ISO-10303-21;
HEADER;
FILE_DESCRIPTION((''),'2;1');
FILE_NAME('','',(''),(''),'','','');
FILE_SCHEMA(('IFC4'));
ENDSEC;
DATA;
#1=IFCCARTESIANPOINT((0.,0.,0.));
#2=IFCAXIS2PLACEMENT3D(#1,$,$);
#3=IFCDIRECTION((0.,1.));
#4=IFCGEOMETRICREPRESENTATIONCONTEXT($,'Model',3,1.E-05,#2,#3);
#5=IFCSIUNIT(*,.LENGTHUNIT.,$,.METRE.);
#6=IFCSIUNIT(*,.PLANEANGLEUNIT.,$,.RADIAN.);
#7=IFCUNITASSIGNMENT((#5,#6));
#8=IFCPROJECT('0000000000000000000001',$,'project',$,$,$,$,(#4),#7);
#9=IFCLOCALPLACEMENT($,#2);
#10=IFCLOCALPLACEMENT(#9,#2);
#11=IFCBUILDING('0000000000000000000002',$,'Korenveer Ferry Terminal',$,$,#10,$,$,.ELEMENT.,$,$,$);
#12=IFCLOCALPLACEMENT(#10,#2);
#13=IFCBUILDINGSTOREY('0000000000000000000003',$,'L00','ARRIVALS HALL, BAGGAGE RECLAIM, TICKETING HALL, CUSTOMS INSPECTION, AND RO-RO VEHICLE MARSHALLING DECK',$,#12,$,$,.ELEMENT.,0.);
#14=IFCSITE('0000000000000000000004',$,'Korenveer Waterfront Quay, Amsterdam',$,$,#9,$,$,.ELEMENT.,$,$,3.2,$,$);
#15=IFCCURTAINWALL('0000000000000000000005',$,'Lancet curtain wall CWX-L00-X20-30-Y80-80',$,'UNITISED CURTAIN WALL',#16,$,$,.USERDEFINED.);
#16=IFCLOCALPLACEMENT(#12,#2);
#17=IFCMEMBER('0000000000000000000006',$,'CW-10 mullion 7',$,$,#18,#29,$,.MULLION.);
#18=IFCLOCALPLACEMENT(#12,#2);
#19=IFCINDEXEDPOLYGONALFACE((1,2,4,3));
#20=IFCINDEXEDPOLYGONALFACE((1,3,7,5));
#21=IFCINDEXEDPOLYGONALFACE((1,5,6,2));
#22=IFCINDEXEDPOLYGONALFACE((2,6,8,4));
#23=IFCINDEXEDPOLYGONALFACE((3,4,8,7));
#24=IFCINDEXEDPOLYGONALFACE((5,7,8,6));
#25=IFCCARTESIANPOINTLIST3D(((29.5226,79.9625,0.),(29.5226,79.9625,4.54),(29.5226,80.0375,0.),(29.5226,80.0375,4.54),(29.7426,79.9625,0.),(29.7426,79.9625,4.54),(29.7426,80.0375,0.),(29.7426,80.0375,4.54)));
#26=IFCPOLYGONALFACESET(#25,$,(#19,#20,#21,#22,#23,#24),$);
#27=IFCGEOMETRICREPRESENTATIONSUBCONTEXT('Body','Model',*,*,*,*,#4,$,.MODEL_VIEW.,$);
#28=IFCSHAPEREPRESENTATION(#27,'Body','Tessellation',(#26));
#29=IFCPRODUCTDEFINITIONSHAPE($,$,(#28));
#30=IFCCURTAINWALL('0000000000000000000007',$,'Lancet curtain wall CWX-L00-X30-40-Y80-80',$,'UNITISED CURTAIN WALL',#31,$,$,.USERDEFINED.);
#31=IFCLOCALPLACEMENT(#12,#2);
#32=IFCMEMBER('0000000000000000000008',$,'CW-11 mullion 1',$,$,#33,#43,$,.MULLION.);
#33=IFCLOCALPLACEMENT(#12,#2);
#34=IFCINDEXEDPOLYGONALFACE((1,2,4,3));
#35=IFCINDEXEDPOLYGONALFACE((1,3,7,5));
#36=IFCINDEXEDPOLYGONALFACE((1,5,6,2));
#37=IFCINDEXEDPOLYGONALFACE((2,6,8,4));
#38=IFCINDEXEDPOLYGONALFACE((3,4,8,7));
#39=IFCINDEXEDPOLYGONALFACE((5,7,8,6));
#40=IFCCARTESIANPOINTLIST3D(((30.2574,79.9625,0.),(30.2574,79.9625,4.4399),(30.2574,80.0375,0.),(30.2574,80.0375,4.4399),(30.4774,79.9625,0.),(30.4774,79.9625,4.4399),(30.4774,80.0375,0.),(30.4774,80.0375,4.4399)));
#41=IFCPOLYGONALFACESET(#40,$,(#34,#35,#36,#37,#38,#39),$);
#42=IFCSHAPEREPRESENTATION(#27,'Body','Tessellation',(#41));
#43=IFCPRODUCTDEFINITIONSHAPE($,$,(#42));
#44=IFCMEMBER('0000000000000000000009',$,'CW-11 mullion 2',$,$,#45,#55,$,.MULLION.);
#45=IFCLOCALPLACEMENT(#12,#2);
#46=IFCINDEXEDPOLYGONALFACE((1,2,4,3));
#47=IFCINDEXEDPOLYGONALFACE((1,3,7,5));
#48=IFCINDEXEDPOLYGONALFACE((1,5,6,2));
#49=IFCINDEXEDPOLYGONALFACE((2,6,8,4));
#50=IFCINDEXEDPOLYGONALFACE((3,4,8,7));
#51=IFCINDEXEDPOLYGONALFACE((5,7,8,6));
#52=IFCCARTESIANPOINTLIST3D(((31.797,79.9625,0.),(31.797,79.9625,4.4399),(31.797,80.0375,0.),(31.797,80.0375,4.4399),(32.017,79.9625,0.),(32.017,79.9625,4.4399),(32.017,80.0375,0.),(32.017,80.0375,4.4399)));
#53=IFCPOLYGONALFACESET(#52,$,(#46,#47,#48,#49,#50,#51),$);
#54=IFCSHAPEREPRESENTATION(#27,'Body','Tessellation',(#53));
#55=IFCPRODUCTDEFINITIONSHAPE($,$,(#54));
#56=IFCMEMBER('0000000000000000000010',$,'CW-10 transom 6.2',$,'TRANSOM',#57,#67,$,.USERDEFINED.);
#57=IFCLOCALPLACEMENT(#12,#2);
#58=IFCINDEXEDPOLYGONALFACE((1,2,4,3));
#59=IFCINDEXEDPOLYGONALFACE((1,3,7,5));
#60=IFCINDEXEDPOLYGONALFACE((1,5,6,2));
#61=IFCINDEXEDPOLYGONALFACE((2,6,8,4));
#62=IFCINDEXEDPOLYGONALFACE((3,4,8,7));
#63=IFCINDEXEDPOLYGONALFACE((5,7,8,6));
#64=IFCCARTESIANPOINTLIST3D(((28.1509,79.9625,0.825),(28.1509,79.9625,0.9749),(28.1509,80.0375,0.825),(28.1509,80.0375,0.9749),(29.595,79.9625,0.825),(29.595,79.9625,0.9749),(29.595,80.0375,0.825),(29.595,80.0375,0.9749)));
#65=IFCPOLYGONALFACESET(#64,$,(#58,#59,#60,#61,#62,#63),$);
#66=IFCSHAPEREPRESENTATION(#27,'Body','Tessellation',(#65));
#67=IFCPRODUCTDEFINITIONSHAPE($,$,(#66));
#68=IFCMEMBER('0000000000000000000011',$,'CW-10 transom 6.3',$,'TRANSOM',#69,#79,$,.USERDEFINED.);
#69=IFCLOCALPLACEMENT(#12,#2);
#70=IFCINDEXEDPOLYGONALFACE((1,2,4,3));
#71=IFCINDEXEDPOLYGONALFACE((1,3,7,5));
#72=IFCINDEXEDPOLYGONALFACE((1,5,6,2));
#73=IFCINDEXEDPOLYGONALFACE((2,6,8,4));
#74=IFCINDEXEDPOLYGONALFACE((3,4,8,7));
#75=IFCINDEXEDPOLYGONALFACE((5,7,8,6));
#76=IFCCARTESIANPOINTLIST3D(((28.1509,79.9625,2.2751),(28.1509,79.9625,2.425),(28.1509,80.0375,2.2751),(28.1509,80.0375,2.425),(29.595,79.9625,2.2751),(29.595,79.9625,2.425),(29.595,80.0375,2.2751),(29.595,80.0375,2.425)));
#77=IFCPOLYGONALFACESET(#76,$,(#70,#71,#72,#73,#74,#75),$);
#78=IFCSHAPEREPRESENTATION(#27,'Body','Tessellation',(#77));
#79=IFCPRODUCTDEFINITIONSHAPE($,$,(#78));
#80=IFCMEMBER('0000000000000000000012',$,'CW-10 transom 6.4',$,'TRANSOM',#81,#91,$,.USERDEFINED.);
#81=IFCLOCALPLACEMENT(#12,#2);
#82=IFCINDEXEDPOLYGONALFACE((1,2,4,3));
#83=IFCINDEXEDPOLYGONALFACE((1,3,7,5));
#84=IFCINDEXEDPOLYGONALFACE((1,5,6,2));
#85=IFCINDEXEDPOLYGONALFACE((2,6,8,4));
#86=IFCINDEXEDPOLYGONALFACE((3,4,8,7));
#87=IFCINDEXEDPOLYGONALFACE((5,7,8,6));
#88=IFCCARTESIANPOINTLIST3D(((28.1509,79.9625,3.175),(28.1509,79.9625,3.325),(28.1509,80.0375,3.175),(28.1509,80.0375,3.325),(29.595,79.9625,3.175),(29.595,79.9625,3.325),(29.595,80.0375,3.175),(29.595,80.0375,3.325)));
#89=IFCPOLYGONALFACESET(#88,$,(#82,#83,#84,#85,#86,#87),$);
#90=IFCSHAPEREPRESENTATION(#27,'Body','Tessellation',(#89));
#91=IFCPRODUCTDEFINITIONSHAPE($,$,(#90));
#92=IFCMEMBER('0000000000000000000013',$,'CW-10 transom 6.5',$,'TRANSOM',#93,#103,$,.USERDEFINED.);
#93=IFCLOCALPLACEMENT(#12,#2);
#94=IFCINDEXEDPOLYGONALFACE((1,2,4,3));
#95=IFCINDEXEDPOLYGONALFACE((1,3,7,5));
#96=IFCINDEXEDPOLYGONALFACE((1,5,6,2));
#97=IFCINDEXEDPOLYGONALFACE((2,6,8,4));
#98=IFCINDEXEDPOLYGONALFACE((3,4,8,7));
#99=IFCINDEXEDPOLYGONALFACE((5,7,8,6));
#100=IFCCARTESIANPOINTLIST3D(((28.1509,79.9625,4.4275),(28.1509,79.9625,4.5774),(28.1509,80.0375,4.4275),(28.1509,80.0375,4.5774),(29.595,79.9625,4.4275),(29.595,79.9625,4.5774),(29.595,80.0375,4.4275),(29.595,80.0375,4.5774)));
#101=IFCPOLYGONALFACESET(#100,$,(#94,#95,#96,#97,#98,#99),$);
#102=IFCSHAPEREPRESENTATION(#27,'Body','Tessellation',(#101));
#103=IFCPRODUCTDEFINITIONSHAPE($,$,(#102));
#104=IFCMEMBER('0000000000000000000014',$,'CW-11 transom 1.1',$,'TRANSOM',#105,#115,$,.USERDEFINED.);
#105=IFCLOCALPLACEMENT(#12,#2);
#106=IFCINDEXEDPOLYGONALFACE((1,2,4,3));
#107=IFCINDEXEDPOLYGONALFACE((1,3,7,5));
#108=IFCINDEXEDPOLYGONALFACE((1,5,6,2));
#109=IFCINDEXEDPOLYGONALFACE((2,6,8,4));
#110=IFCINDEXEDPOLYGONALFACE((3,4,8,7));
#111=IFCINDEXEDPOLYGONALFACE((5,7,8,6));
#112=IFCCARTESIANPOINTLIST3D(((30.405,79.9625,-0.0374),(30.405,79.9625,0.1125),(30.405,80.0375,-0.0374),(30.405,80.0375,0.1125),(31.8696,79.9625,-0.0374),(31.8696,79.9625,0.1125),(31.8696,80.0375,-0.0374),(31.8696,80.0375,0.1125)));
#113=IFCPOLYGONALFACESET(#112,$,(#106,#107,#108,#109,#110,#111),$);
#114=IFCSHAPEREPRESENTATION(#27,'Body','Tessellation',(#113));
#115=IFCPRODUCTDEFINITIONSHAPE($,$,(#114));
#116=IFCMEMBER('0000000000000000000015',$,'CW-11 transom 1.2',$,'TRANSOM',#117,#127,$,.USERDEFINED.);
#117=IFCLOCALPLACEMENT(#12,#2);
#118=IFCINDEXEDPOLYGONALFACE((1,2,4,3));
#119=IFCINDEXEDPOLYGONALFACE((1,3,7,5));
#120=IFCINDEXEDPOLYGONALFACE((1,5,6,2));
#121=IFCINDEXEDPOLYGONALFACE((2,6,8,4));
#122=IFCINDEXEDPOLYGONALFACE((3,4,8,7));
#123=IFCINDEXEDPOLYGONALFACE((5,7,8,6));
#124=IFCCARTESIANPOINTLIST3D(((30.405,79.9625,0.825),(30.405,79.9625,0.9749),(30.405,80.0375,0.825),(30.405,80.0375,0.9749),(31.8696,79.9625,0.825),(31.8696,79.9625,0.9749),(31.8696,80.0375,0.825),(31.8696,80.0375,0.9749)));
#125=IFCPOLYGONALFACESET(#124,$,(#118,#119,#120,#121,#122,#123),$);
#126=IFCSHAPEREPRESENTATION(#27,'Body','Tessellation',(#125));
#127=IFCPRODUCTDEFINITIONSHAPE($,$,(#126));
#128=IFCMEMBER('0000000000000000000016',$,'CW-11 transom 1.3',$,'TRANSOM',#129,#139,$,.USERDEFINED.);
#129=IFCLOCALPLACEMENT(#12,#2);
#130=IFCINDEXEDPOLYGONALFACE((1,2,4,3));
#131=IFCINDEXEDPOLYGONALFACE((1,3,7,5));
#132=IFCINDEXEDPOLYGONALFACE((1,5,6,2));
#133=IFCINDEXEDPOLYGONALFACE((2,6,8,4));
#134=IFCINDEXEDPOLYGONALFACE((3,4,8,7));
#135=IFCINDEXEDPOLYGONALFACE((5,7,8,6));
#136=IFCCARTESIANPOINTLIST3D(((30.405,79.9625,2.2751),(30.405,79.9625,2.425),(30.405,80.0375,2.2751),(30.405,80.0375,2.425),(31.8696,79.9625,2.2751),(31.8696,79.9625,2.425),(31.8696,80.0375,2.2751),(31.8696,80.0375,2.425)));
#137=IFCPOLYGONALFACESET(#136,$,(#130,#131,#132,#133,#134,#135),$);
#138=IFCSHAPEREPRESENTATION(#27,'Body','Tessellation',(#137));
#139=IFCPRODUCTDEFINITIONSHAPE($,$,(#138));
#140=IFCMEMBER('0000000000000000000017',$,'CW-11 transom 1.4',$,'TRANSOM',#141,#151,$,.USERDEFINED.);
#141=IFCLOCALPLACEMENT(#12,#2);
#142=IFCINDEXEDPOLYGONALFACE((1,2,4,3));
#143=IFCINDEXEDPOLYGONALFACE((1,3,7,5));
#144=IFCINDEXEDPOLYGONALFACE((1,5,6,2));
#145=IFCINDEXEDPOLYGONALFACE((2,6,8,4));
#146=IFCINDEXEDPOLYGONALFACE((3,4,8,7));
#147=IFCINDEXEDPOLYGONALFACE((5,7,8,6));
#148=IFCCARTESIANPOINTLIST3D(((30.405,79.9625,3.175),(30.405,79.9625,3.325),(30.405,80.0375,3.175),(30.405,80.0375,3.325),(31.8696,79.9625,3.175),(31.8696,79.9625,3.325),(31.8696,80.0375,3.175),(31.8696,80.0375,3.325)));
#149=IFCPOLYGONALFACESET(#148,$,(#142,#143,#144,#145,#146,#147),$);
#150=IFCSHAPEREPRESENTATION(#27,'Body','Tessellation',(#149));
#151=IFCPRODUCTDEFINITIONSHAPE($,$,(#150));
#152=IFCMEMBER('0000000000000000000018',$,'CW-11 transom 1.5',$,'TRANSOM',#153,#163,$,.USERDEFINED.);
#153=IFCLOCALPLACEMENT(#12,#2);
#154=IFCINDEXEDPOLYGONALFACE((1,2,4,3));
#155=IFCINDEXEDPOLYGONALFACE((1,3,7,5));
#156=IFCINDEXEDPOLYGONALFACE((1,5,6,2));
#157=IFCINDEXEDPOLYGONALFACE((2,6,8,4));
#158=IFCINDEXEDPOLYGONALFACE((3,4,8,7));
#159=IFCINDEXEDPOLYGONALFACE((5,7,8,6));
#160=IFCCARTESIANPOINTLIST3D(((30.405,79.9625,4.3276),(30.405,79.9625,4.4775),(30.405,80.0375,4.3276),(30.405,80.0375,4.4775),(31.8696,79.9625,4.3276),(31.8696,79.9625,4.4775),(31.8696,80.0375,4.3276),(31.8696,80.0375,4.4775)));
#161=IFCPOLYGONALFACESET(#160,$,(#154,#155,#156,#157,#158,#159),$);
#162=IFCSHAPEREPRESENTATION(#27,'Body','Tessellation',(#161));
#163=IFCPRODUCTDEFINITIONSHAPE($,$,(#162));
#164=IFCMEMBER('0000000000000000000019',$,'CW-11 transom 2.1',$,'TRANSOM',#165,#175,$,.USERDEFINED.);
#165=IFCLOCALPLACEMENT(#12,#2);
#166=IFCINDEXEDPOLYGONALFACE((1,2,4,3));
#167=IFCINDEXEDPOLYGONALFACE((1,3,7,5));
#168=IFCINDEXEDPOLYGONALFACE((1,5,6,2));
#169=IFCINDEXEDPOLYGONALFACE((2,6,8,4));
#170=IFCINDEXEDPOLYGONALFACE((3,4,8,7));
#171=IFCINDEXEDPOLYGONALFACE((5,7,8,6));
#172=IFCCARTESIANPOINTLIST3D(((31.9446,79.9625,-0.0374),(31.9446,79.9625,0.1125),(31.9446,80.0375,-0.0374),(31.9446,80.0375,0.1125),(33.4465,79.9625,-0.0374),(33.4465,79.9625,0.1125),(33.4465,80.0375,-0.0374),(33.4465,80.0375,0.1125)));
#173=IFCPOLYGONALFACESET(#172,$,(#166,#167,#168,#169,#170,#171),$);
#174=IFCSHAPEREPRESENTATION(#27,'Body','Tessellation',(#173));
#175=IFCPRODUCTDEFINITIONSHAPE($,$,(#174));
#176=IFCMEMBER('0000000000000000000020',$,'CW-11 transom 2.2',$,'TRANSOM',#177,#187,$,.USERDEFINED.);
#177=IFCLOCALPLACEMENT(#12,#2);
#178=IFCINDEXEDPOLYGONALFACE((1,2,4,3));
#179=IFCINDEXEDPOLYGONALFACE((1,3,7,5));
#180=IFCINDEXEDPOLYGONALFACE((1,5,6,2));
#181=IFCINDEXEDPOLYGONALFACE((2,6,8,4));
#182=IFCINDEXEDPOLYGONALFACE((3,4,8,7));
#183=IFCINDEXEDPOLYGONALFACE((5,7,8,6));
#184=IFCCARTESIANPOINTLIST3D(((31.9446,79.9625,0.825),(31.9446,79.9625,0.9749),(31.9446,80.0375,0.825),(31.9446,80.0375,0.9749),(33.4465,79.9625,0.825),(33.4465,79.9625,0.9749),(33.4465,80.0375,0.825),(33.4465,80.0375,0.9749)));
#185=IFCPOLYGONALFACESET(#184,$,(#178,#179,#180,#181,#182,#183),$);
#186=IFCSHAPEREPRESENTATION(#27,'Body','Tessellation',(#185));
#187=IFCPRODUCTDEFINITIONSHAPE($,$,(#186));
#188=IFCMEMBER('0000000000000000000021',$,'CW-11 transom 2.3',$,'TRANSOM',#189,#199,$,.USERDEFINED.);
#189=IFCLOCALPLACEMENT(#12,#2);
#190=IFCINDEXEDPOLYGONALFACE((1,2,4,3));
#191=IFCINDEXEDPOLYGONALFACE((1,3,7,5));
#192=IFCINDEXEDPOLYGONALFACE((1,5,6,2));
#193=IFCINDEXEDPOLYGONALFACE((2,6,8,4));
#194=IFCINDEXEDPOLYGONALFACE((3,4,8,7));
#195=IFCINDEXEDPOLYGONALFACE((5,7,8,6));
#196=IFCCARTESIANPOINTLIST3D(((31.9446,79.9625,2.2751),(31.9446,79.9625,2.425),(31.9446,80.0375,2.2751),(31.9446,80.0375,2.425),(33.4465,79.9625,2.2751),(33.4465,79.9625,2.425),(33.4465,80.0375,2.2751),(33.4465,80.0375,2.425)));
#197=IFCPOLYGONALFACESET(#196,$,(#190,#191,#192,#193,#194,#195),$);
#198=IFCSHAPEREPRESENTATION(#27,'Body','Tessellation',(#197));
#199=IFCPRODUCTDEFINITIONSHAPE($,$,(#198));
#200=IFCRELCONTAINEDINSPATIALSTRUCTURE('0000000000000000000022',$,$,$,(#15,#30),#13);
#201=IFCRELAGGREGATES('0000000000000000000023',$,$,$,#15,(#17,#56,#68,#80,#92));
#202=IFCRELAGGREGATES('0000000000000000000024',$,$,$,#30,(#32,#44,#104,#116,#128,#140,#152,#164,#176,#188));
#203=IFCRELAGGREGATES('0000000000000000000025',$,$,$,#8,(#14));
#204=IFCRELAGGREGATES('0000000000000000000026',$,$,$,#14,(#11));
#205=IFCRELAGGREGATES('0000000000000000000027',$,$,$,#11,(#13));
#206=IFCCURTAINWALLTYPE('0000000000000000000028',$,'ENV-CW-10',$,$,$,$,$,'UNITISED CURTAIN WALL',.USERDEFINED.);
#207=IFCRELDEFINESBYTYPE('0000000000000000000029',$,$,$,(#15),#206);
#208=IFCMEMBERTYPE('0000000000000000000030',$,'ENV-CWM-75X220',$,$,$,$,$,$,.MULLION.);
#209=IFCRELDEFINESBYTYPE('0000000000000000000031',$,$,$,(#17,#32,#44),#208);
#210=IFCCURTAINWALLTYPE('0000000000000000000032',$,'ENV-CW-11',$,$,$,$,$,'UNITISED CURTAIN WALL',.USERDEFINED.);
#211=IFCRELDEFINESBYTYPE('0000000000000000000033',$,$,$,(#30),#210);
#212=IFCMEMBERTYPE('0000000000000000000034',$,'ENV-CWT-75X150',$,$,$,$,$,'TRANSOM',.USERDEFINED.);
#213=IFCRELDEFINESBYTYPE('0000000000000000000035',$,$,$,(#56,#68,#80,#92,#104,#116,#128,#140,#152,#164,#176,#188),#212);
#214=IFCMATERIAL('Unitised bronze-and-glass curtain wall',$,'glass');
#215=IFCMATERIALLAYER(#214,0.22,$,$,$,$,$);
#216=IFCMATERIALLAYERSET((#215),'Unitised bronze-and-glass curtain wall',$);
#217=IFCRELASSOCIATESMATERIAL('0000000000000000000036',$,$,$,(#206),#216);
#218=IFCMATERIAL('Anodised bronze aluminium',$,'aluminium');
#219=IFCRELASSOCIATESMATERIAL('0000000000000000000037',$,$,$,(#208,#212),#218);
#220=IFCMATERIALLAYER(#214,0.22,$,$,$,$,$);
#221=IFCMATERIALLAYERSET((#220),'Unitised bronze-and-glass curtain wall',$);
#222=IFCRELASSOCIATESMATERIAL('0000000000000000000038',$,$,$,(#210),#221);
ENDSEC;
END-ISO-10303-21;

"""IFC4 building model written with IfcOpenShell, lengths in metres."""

from ifc_helpers import new_model, si_unit, direction, frame, origin, origin_2d, place, context, subcontext, project, spatial, rectangle, extrude, material, layer, layer_set, material_profile, profile_set, type_object, element, aggregate, save


model = new_model("IFC4")

# Units and contexts
model_context = context("Model", 3, precision=1e-05, world=origin(), true_north=direction((0.0, 1.0)))
body_context = subcontext(model_context, "Body", "Model", "MODEL_VIEW")
ifc_project = project(units=[si_unit("LENGTHUNIT", "METRE"), si_unit("PLANEANGLEUNIT", "RADIAN")], contexts=[model_context])

# Site, building, storey
site_placement = place(None, origin())
site = spatial("IfcSite", under=ifc_project, at=site_placement, Name="Korenveer Waterfront Quay, Amsterdam", CompositionType="ELEMENT", RefElevation=3.2)
building_placement = place(site_placement, origin())
building = spatial("IfcBuilding", under=site, at=building_placement, Name="Korenveer Ferry Terminal", CompositionType="ELEMENT")
storey_placement = place(building_placement, origin())
storey = spatial("IfcBuildingStorey", under=building, at=storey_placement, Name="L00", Description="ARRIVALS HALL, BAGGAGE RECLAIM, TICKETING HALL, CUSTOMS INSPECTION, AND RO-RO VEHICLE MARSHALLING DECK", CompositionType="ELEMENT", Elevation=0.0)

# Curtain wall, member
ifc_material_1 = material(Name="Unitised bronze-and-glass curtain wall", Category="glass")
ifc_layer_1 = layer(ifc_material_1, 0.22)
ifc_layer_set_1 = layer_set([ifc_layer_1], Name="Unitised bronze-and-glass curtain wall")
curtain_wall_type_1 = type_object("IfcCurtainWallType", Name="ENV-CW-10", ElementType="UNITISED CURTAIN WALL", PredefinedType="USERDEFINED", material=ifc_layer_set_1)
curtain_wall_1_placement = place(storey_placement, frame((20.3301, 80.0, 0.0)))
curtain_wall_1 = element("IfcCurtainWall", 1, at=curtain_wall_1_placement, inside=storey, type_object=curtain_wall_type_1, Name="Lancet curtain wall CWX-L00-X20-30-Y80-80", ObjectType="UNITISED CURTAIN WALL", PredefinedType="USERDEFINED")
ifc_material_2 = material(Name="Anodised bronze aluminium", Category="aluminium")
ifc_material_profile_1 = material_profile(ifc_material_2, rectangle(XDim=0.075, YDim=0.22, at=origin_2d()), Name="ALU 75x220")
ifc_profile_set_1 = profile_set([ifc_material_profile_1], Name="Anodised bronze aluminium")
member_type_1 = type_object("IfcMemberType", Name="ENV-CWM-75X220", PredefinedType="MULLION", material=ifc_profile_set_1)
member_1_placement = place(storey_placement, frame((29.6326, 80.0, 0.0), z_axis=(0.0, 0.0, 1.0), x_axis=(0.0, 1.0, 0.0)))
member_1 = element("IfcMember", 2, at=member_1_placement, type_object=member_type_1, Name="CW-10 mullion 7", PredefinedType="MULLION", context=body_context, shape_type="SweptSolid", body=[
    extrude(rectangle(XDim=0.075, YDim=0.22, at=origin_2d()), origin(), (0.0, 0.0, 1.0), 4.54),
])

# Curtain wall, members
ifc_layer_2 = layer(ifc_material_1, 0.22)
ifc_layer_set_2 = layer_set([ifc_layer_2], Name="Unitised bronze-and-glass curtain wall")
curtain_wall_type_2 = type_object("IfcCurtainWallType", Name="ENV-CW-11", ElementType="UNITISED CURTAIN WALL", PredefinedType="USERDEFINED", material=ifc_layer_set_2)
curtain_wall_2_placement = place(storey_placement, frame((30.3301, 80.0, 0.0)))
curtain_wall_2 = element("IfcCurtainWall", 3, at=curtain_wall_2_placement, inside=storey, type_object=curtain_wall_type_2, Name="Lancet curtain wall CWX-L00-X30-40-Y80-80", ObjectType="UNITISED CURTAIN WALL", PredefinedType="USERDEFINED")
member_2_placement = place(storey_placement, frame((30.3674, 80.0, 0.0), z_axis=(0.0, 0.0, 1.0), x_axis=(0.0, 1.0, 0.0)))
member_2 = element("IfcMember", 4, at=member_2_placement, type_object=member_type_1, Name="CW-11 mullion 1", PredefinedType="MULLION", context=body_context, shape_type="SweptSolid", body=[
    extrude(rectangle(XDim=0.075, YDim=0.22, at=origin_2d()), origin(), (0.0, 0.0, 1.0), 4.4399),
])
member_3_placement = place(storey_placement, frame((31.907, 80.0, 0.0), z_axis=(0.0, 0.0, 1.0), x_axis=(0.0, 1.0, 0.0)))
member_3 = element("IfcMember", 5, at=member_3_placement, type_object=member_type_1, Name="CW-11 mullion 2", PredefinedType="MULLION", context=body_context, shape_type="SweptSolid", body=[
    extrude(rectangle(XDim=0.075, YDim=0.22, at=origin_2d()), origin(), (0.0, 0.0, 1.0), 4.4399),
])

# Members
ifc_material_profile_2 = material_profile(ifc_material_2, rectangle(XDim=0.075, YDim=0.1499, at=origin_2d()), Name="ALU 75x150")
ifc_profile_set_2 = profile_set([ifc_material_profile_2], Name="Anodised bronze aluminium")
member_type_2 = type_object("IfcMemberType", Name="ENV-CWT-75X150", ElementType="TRANSOM", PredefinedType="USERDEFINED", material=ifc_profile_set_2)
member_4_placement = place(storey_placement, frame((28.1509, 80.0, 0.8999), z_axis=(1.0, 0.0, 0.0), x_axis=(0.0, 1.0, 0.0)))
member_4 = element("IfcMember", 6, at=member_4_placement, type_object=member_type_2, Name="CW-10 transom 6.2", ObjectType="TRANSOM", PredefinedType="USERDEFINED", context=body_context, shape_type="SweptSolid", body=[
    extrude(rectangle(XDim=0.075, YDim=0.1499, at=origin_2d()), origin(), (0.0, 0.0, 1.0), 1.4441),
])
member_5_placement = place(storey_placement, frame((28.1509, 80.0, 2.3501), z_axis=(1.0, 0.0, 0.0), x_axis=(0.0, 1.0, 0.0)))
member_5 = element("IfcMember", 7, at=member_5_placement, type_object=member_type_2, Name="CW-10 transom 6.3", ObjectType="TRANSOM", PredefinedType="USERDEFINED", context=body_context, shape_type="SweptSolid", body=[
    extrude(rectangle(XDim=0.075, YDim=0.1499, at=origin_2d()), origin(), (0.0, 0.0, 1.0), 1.4441),
])
member_6_placement = place(storey_placement, frame((28.1509, 80.0, 3.25), z_axis=(1.0, 0.0, 0.0), x_axis=(0.0, 1.0, 0.0)))
member_6 = element("IfcMember", 8, at=member_6_placement, type_object=member_type_2, Name="CW-10 transom 6.4", ObjectType="TRANSOM", PredefinedType="USERDEFINED", context=body_context, shape_type="SweptSolid", body=[
    extrude(rectangle(XDim=0.075, YDim=0.1499, at=origin_2d()), origin(), (0.0, 0.0, 1.0), 1.4441),
])
member_7_placement = place(storey_placement, frame((28.1509, 80.0, 4.5024), z_axis=(1.0, 0.0, 0.0), x_axis=(0.0, 1.0, 0.0)))
member_7 = element("IfcMember", 9, at=member_7_placement, type_object=member_type_2, Name="CW-10 transom 6.5", ObjectType="TRANSOM", PredefinedType="USERDEFINED", context=body_context, shape_type="SweptSolid", body=[
    extrude(rectangle(XDim=0.075, YDim=0.1499, at=origin_2d()), origin(), (0.0, 0.0, 1.0), 1.4441),
])
member_8_placement = place(storey_placement, frame((30.405, 80.0, 0.0376), z_axis=(1.0, 0.0, 0.0), x_axis=(0.0, 1.0, 0.0)))
member_8 = element("IfcMember", 10, at=member_8_placement, type_object=member_type_2, Name="CW-11 transom 1.1", ObjectType="TRANSOM", PredefinedType="USERDEFINED", context=body_context, shape_type="SweptSolid", body=[
    extrude(rectangle(XDim=0.075, YDim=0.1499, at=origin_2d()), origin(), (0.0, 0.0, 1.0), 1.4646),
])
member_9_placement = place(storey_placement, frame((30.405, 80.0, 0.8999), z_axis=(1.0, 0.0, 0.0), x_axis=(0.0, 1.0, 0.0)))
member_9 = element("IfcMember", 11, at=member_9_placement, type_object=member_type_2, Name="CW-11 transom 1.2", ObjectType="TRANSOM", PredefinedType="USERDEFINED", context=body_context, shape_type="SweptSolid", body=[
    extrude(rectangle(XDim=0.075, YDim=0.1499, at=origin_2d()), origin(), (0.0, 0.0, 1.0), 1.4646),
])
member_10_placement = place(storey_placement, frame((30.405, 80.0, 2.3501), z_axis=(1.0, 0.0, 0.0), x_axis=(0.0, 1.0, 0.0)))
member_10 = element("IfcMember", 12, at=member_10_placement, type_object=member_type_2, Name="CW-11 transom 1.3", ObjectType="TRANSOM", PredefinedType="USERDEFINED", context=body_context, shape_type="SweptSolid", body=[
    extrude(rectangle(XDim=0.075, YDim=0.1499, at=origin_2d()), origin(), (0.0, 0.0, 1.0), 1.4646),
])
member_11_placement = place(storey_placement, frame((30.405, 80.0, 3.25), z_axis=(1.0, 0.0, 0.0), x_axis=(0.0, 1.0, 0.0)))
member_11 = element("IfcMember", 13, at=member_11_placement, type_object=member_type_2, Name="CW-11 transom 1.4", ObjectType="TRANSOM", PredefinedType="USERDEFINED", context=body_context, shape_type="SweptSolid", body=[
    extrude(rectangle(XDim=0.075, YDim=0.1499, at=origin_2d()), origin(), (0.0, 0.0, 1.0), 1.4646),
])
member_12_placement = place(storey_placement, frame((30.405, 80.0, 4.4026), z_axis=(1.0, 0.0, 0.0), x_axis=(0.0, 1.0, 0.0)))
member_12 = element("IfcMember", 14, at=member_12_placement, type_object=member_type_2, Name="CW-11 transom 1.5", ObjectType="TRANSOM", PredefinedType="USERDEFINED", context=body_context, shape_type="SweptSolid", body=[
    extrude(rectangle(XDim=0.075, YDim=0.1499, at=origin_2d()), origin(), (0.0, 0.0, 1.0), 1.4646),
])
member_13_placement = place(storey_placement, frame((31.9446, 80.0, 0.0376), z_axis=(1.0, 0.0, 0.0), x_axis=(0.0, 1.0, 0.0)))
member_13 = element("IfcMember", 15, at=member_13_placement, type_object=member_type_2, Name="CW-11 transom 2.1", ObjectType="TRANSOM", PredefinedType="USERDEFINED", context=body_context, shape_type="SweptSolid", body=[
    extrude(rectangle(XDim=0.075, YDim=0.1499, at=origin_2d()), origin(), (0.0, 0.0, 1.0), 1.502),
])
member_14_placement = place(storey_placement, frame((31.9446, 80.0, 0.8999), z_axis=(1.0, 0.0, 0.0), x_axis=(0.0, 1.0, 0.0)))
member_14 = element("IfcMember", 16, at=member_14_placement, type_object=member_type_2, Name="CW-11 transom 2.2", ObjectType="TRANSOM", PredefinedType="USERDEFINED", context=body_context, shape_type="SweptSolid", body=[
    extrude(rectangle(XDim=0.075, YDim=0.1499, at=origin_2d()), origin(), (0.0, 0.0, 1.0), 1.502),
])
member_15_placement = place(storey_placement, frame((31.9446, 80.0, 2.3501), z_axis=(1.0, 0.0, 0.0), x_axis=(0.0, 1.0, 0.0)))
member_15 = element("IfcMember", 17, at=member_15_placement, type_object=member_type_2, Name="CW-11 transom 2.3", ObjectType="TRANSOM", PredefinedType="USERDEFINED", context=body_context, shape_type="SweptSolid", body=[
    extrude(rectangle(XDim=0.075, YDim=0.1499, at=origin_2d()), origin(), (0.0, 0.0, 1.0), 1.502),
])

aggregate(curtain_wall_1, [member_1, member_4, member_5, member_6, member_7])
aggregate(curtain_wall_2, [member_2, member_3, member_8, member_9, member_10, member_11, member_12, member_13, member_14, member_15])

save(model, "model.ifc")
